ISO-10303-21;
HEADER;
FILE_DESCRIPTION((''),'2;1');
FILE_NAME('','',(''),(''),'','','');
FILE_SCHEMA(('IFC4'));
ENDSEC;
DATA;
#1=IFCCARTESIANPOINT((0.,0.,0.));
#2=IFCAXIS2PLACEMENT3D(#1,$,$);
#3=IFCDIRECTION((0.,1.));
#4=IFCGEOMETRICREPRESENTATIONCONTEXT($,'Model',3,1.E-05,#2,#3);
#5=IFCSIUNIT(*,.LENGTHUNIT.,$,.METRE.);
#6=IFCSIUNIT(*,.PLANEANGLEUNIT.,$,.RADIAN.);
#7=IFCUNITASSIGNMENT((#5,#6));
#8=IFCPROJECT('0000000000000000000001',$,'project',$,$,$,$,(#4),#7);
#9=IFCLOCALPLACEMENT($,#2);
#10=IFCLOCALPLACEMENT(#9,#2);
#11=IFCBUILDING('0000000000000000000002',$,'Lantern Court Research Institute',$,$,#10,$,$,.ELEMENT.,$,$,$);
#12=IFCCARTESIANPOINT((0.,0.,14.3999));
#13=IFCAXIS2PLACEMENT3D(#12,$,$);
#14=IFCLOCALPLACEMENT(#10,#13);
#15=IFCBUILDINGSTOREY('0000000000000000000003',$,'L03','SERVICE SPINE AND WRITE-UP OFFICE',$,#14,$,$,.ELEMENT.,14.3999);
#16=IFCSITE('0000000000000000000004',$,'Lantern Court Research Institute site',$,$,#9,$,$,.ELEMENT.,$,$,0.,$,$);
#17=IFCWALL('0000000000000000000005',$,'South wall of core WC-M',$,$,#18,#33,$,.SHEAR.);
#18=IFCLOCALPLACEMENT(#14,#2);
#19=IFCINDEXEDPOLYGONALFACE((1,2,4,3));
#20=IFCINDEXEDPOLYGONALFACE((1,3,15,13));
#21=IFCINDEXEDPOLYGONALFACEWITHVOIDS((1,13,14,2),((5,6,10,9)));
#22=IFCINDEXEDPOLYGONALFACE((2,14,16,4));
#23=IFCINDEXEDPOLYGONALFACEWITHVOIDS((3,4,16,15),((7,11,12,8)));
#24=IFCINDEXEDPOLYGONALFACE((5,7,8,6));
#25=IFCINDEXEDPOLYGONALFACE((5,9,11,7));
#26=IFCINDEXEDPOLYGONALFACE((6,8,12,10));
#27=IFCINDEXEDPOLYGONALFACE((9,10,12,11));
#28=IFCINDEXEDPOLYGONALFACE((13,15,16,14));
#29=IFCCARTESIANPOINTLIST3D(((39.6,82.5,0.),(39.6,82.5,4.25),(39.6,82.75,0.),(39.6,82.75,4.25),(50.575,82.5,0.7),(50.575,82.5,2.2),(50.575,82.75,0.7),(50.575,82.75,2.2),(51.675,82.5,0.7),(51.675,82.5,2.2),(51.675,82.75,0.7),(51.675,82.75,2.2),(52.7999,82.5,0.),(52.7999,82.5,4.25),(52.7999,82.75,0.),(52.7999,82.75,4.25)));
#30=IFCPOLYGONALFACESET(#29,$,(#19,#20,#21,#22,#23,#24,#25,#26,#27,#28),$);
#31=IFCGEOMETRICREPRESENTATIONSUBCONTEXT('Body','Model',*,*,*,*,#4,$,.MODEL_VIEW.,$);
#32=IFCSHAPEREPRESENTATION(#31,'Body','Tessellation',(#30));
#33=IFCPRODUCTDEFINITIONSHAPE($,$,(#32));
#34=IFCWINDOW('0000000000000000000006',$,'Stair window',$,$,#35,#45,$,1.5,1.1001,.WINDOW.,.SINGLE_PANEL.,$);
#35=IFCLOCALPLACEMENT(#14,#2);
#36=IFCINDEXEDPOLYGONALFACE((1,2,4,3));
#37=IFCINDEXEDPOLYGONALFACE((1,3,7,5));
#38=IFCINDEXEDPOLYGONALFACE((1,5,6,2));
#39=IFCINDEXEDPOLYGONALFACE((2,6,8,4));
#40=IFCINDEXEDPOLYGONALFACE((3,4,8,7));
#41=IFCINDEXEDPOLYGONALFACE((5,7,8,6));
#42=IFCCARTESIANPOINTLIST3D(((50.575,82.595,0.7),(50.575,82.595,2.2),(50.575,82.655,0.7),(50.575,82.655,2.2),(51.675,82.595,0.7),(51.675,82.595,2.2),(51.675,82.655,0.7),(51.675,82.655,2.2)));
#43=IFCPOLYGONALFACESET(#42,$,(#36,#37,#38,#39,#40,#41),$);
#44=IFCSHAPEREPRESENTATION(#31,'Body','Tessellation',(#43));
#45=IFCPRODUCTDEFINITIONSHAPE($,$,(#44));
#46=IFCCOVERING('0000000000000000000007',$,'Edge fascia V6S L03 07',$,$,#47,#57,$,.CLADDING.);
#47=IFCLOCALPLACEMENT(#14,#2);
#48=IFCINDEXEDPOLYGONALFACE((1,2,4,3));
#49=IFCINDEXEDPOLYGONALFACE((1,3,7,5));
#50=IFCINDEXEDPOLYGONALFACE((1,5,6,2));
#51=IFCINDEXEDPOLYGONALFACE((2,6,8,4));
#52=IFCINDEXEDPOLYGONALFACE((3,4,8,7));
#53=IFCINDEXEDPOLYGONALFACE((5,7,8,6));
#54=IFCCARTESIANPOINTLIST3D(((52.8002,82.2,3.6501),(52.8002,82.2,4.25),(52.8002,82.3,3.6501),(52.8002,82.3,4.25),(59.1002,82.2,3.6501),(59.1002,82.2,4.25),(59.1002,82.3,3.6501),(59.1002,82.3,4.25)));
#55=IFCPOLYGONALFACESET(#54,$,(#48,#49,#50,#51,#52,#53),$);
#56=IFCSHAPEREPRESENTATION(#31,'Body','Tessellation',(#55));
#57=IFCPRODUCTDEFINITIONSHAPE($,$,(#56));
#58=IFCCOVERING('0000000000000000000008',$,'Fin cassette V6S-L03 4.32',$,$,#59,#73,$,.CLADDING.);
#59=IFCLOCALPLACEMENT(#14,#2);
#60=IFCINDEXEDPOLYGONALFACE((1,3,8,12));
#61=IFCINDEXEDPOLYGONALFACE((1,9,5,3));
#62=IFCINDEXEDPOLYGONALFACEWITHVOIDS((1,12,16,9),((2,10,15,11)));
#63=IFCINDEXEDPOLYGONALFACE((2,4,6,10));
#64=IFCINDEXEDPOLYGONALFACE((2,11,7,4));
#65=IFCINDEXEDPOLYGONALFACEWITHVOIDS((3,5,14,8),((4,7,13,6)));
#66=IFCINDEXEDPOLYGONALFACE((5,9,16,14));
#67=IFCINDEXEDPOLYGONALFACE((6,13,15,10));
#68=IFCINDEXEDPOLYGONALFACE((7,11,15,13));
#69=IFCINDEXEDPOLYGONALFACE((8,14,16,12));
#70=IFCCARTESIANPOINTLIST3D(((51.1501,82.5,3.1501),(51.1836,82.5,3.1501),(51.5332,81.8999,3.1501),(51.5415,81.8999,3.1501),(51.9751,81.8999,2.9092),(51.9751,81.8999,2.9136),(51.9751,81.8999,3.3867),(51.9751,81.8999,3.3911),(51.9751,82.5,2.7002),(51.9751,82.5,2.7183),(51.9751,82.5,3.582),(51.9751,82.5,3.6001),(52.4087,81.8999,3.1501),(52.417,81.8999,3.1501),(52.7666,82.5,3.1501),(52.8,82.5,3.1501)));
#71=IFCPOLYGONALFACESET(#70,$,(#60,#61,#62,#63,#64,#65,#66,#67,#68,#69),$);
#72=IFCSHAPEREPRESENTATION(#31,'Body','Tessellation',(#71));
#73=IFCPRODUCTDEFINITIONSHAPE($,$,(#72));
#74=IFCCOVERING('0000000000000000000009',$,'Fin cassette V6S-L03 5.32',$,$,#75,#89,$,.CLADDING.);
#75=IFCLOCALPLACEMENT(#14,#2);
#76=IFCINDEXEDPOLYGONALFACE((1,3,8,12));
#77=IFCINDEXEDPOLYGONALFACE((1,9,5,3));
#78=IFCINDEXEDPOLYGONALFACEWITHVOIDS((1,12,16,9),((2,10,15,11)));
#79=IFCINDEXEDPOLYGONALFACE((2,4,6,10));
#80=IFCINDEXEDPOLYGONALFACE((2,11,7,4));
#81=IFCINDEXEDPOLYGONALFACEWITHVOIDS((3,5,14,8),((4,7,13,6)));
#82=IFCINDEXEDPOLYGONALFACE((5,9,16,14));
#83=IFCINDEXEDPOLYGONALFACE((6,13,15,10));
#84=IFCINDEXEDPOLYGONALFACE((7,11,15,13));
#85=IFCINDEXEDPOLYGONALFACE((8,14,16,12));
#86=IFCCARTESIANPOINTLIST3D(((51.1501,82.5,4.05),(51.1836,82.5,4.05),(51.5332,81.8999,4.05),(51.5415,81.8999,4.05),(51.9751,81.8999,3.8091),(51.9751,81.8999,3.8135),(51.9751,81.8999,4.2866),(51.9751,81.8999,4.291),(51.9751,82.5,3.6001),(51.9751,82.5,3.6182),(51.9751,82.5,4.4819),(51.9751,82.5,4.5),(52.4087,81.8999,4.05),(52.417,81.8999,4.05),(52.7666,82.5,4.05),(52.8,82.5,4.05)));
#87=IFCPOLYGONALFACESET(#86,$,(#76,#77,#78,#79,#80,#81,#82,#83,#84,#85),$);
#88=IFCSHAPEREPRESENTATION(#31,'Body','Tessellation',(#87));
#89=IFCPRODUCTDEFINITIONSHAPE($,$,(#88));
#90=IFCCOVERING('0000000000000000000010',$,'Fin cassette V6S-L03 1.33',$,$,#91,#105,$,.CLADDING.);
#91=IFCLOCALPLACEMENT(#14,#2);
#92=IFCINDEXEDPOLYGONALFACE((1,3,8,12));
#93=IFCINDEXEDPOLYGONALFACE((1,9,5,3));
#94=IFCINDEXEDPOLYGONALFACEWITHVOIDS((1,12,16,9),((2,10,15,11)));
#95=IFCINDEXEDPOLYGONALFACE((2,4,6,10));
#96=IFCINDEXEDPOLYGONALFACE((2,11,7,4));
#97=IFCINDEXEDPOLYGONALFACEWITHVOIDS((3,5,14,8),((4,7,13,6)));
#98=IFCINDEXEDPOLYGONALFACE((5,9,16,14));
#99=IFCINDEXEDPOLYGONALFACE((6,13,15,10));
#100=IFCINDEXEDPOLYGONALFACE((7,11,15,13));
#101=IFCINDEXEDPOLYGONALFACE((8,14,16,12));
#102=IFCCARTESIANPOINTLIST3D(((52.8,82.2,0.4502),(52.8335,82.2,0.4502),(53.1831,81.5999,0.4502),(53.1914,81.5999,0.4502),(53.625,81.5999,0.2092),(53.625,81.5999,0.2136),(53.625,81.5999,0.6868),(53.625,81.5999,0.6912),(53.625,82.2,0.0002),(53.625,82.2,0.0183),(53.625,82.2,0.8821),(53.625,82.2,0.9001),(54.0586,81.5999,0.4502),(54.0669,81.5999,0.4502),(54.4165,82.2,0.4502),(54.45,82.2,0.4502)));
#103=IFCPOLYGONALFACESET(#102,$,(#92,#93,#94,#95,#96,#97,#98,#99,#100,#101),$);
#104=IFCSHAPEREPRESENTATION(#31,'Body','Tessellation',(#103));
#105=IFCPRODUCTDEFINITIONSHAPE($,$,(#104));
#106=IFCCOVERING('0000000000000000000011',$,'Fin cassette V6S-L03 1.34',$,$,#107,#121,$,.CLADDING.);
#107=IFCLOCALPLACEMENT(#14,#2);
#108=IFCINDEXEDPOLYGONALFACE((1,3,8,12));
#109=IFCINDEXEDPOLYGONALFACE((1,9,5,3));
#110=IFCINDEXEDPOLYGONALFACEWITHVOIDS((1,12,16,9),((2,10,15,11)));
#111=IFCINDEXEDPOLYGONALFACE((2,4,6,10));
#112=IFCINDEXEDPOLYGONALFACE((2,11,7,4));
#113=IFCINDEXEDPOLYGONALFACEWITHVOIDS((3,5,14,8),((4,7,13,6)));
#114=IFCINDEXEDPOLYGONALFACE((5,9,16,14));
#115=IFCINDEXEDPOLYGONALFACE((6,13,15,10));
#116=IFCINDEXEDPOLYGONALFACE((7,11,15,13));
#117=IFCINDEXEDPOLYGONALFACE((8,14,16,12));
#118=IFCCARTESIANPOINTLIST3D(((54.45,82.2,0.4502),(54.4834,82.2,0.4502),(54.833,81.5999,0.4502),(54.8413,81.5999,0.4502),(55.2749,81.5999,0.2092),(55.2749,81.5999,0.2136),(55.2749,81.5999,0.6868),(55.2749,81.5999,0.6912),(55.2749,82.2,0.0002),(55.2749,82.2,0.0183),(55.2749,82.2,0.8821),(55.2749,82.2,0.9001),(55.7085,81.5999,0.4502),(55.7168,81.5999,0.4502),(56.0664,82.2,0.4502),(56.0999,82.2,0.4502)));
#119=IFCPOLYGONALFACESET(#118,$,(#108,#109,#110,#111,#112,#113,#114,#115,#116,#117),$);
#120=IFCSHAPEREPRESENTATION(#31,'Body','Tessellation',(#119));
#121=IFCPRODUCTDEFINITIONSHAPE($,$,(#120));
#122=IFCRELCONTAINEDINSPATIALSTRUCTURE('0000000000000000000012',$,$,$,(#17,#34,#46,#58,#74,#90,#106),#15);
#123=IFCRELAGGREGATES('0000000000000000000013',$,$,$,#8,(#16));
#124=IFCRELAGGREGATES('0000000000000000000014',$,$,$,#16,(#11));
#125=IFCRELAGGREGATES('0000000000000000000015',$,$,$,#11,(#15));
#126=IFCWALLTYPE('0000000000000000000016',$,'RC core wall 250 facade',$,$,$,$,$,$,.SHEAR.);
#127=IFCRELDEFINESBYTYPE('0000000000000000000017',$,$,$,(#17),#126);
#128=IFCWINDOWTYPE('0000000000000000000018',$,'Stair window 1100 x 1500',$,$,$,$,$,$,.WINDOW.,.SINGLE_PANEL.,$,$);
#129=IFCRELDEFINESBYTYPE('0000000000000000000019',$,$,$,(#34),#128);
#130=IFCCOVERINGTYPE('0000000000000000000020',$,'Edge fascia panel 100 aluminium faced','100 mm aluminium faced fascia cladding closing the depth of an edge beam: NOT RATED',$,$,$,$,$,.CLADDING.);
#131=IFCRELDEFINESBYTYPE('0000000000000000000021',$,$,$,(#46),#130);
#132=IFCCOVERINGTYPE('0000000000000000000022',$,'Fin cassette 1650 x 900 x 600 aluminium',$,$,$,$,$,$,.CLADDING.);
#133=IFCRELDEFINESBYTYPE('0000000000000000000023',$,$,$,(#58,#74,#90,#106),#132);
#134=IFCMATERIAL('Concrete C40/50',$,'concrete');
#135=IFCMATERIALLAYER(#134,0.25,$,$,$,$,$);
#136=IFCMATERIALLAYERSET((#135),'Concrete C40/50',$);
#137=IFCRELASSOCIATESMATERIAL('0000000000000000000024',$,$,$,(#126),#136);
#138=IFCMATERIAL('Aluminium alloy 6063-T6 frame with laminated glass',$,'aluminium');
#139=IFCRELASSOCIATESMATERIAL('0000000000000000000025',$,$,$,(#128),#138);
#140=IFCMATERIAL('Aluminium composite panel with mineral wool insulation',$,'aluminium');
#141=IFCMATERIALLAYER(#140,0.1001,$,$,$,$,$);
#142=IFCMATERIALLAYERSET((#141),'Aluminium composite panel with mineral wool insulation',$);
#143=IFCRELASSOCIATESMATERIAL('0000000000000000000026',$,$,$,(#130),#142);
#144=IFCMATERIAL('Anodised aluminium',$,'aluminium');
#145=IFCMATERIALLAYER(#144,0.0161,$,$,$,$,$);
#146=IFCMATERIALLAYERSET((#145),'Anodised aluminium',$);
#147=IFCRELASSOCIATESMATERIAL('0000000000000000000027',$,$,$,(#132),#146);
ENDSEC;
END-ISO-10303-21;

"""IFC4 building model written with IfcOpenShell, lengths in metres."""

from ifc_helpers import new_model, entity, si_unit, direction, frame, frame_2d, origin, place, context, subcontext, project, spatial, rectangle, extrude, material, layer, layer_set, type_object, element, fill, save


model = new_model("IFC4")

# Units and contexts
model_context = context("Model", 3, precision=1e-05, world=origin(), true_north=direction((0.0, 1.0)))
body_context = subcontext(model_context, "Body", "Model", "MODEL_VIEW")
ifc_project = project(units=[si_unit("LENGTHUNIT", "METRE"), si_unit("PLANEANGLEUNIT", "RADIAN")], contexts=[model_context])

# Site, building, storey
site_placement = place(None, origin())
site = spatial("IfcSite", under=ifc_project, at=site_placement, Name="Lantern Court Research Institute site", CompositionType="ELEMENT", RefElevation=0.0)
building_placement = place(site_placement, origin())
building = spatial("IfcBuilding", under=site, at=building_placement, Name="Lantern Court Research Institute", CompositionType="ELEMENT")
storey_placement = place(building_placement, frame((0.0, 0.0, 14.3999)))
storey = spatial("IfcBuildingStorey", under=building, at=storey_placement, Name="L03", Description="SERVICE SPINE AND WRITE-UP OFFICE", CompositionType="ELEMENT", Elevation=14.3999)

# Wall, opening, window
ifc_material_1 = material(Name="Concrete C40/50", Category="concrete")
ifc_layer_1 = layer(ifc_material_1, 0.25)
ifc_layer_set_1 = layer_set([ifc_layer_1], Name="Concrete C40/50")
wall_type_1 = type_object("IfcWallType", Name="RC core wall 250 facade", PredefinedType="SHEAR", material=ifc_layer_set_1)
wall_1_placement = place(storey_placement, frame((52.8, 82.625, 0.0), z_axis=(0.0, 0.0, 1.0), x_axis=(-1.0, 0.0, 0.0)))
wall_1 = element("IfcWall", 1, at=wall_1_placement, inside=storey, type_object=wall_type_1, Name="South wall of core WC-M", PredefinedType="SHEAR", context=body_context, shape_type="SweptSolid", body=[
    extrude(rectangle(XDim=13.2, YDim=0.25, at=frame_2d((6.6001, 0.0))), origin(), (0.0, 0.0, 1.0), 4.25),
])
opening_1_placement = place(wall_1_placement, frame((1.125, 0.0, 0.7)))
opening_1 = element("IfcOpeningElement", 2, at=opening_1_placement, cuts=wall_1, PredefinedType="OPENING", context=body_context, shape_type="SweptSolid", body=[
    extrude(rectangle(XDim=1.1001, YDim=1.5, at=frame_2d((0.55, 0.75))), frame((0.0, 0.135, 0.0), z_axis=(0.0, -1.0, 0.0), x_axis=(1.0, 0.0, 0.0)), (0.0, 0.0, 1.0), 0.27),
])
ifc_material_2 = material(Name="Aluminium alloy 6063-T6 frame with laminated glass", Category="aluminium")
window_type_1 = type_object("IfcWindowType", Name="Stair window 1100 x 1500", PartitioningType="SINGLE_PANEL", PredefinedType="WINDOW", material=ifc_material_2)
window_1_placement = place(opening_1_placement, origin())
window_1 = element("IfcWindow", 3, at=window_1_placement, inside=storey, type_object=window_type_1, Name="Stair window", OverallHeight=1.5, OverallWidth=1.1001, PartitioningType="SINGLE_PANEL", PredefinedType="WINDOW", context=body_context, shape_type="SweptSolid", body=[
    extrude(rectangle(XDim=1.1001, YDim=1.5, at=frame_2d((0.55, 0.75))), frame((0.0, 0.03, 0.0), z_axis=(0.0, -1.0, 0.0), x_axis=(1.0, 0.0, 0.0)), (0.0, 0.0, 1.0), 0.0601),
])
fill(opening_1, window_1)

# Coverings
ifc_material_3 = material(Name="Aluminium composite panel with mineral wool insulation", Category="aluminium")
ifc_layer_2 = layer(ifc_material_3, 0.1001)
ifc_layer_set_2 = layer_set([ifc_layer_2], Name="Aluminium composite panel with mineral wool insulation")
covering_type_1 = type_object("IfcCoveringType", Name="Edge fascia panel 100 aluminium faced", Description="100 mm aluminium faced fascia cladding closing the depth of an edge beam: NOT RATED", PredefinedType="CLADDING", material=ifc_layer_set_2)
covering_1_placement = place(storey_placement, frame((59.1001, 82.25, 3.6501), z_axis=(0.0, 0.0, 1.0), x_axis=(-1.0, 0.0, 0.0)))
element("IfcCovering", 4, at=covering_1_placement, inside=storey, type_object=covering_type_1, Name="Edge fascia V6S L03 07", PredefinedType="CLADDING", context=body_context, shape_type="SweptSolid", body=[
    extrude(rectangle(XDim=6.3, YDim=0.1001, at=frame_2d((3.1499, 0.0))), origin(), (0.0, 0.0, 1.0), 0.5999),
])
ifc_material_4 = material(Name="Anodised aluminium", Category="aluminium")
ifc_layer_3 = layer(ifc_material_4, 0.0161)
ifc_layer_set_3 = layer_set([ifc_layer_3], Name="Anodised aluminium")
covering_type_2 = type_object("IfcCoveringType", Name="Fin cassette 1650 x 900 x 600 aluminium", PredefinedType="CLADDING", material=ifc_layer_set_3)
covering_2_placement = place(storey_placement, frame((51.9751, 82.5, 3.1501), z_axis=(0.0, -1.0, 0.0), x_axis=(1.0, 0.0, 0.0)))
cartesian_point_1 = entity("IfcCartesianPoint", [0.825, 0.0])
cartesian_point_2 = entity("IfcCartesianPoint", [0.7915, 0.0])
cartesian_point_3 = entity("IfcCartesianPoint", [0.4419, 0.0])
cartesian_point_4 = entity("IfcCartesianPoint", [0.4336, 0.0])
element("IfcCovering", 5, at=covering_2_placement, inside=storey, type_object=covering_type_2, Name="Fin cassette V6S-L03 4.32", PredefinedType="CLADDING", context=body_context, shape_type="SweptSolid", body=[
    entity("IfcExtrudedAreaSolidTapered", entity("IfcArbitraryProfileDefWithVoids", "AREA", None, entity("IfcPolyline", [cartesian_point_1, entity("IfcCartesianPoint", [0.0, 0.45]), entity("IfcCartesianPoint", [-0.825, 0.0]), entity("IfcCartesianPoint", [0.0, -0.45]), cartesian_point_1]), [entity("IfcPolyline", [cartesian_point_2, entity("IfcCartesianPoint", [0.0, 0.4319]), entity("IfcCartesianPoint", [-0.7915, 0.0]), entity("IfcCartesianPoint", [0.0, -0.4319]), cartesian_point_2])]), entity("IfcAxis2Placement3D", entity("IfcCartesianPoint", [0.0, 0.0, 0.0])), entity("IfcDirection", [0.0, 0.0, 1.0]), 0.6001, entity("IfcArbitraryProfileDefWithVoids", "AREA", None, entity("IfcPolyline", [cartesian_point_3, entity("IfcCartesianPoint", [0.0, 0.241]), entity("IfcCartesianPoint", [-0.4419, 0.0]), entity("IfcCartesianPoint", [0.0, -0.241]), cartesian_point_3]), [entity("IfcPolyline", [cartesian_point_4, entity("IfcCartesianPoint", [0.0, 0.2366]), entity("IfcCartesianPoint", [-0.4336, 0.0]), entity("IfcCartesianPoint", [0.0, -0.2366]), cartesian_point_4])])),
])
covering_3_placement = place(storey_placement, frame((51.9751, 82.5, 4.05), z_axis=(0.0, -1.0, 0.0), x_axis=(1.0, 0.0, 0.0)))
cartesian_point_5 = entity("IfcCartesianPoint", [0.825, 0.0])
cartesian_point_6 = entity("IfcCartesianPoint", [0.7915, 0.0])
cartesian_point_7 = entity("IfcCartesianPoint", [0.4419, 0.0])
cartesian_point_8 = entity("IfcCartesianPoint", [0.4336, 0.0])
element("IfcCovering", 6, at=covering_3_placement, inside=storey, type_object=covering_type_2, Name="Fin cassette V6S-L03 5.32", PredefinedType="CLADDING", context=body_context, shape_type="SweptSolid", body=[
    entity("IfcExtrudedAreaSolidTapered", entity("IfcArbitraryProfileDefWithVoids", "AREA", None, entity("IfcPolyline", [cartesian_point_5, entity("IfcCartesianPoint", [0.0, 0.45]), entity("IfcCartesianPoint", [-0.825, 0.0]), entity("IfcCartesianPoint", [0.0, -0.45]), cartesian_point_5]), [entity("IfcPolyline", [cartesian_point_6, entity("IfcCartesianPoint", [0.0, 0.4319]), entity("IfcCartesianPoint", [-0.7915, 0.0]), entity("IfcCartesianPoint", [0.0, -0.4319]), cartesian_point_6])]), entity("IfcAxis2Placement3D", entity("IfcCartesianPoint", [0.0, 0.0, 0.0])), entity("IfcDirection", [0.0, 0.0, 1.0]), 0.6001, entity("IfcArbitraryProfileDefWithVoids", "AREA", None, entity("IfcPolyline", [cartesian_point_7, entity("IfcCartesianPoint", [0.0, 0.241]), entity("IfcCartesianPoint", [-0.4419, 0.0]), entity("IfcCartesianPoint", [0.0, -0.241]), cartesian_point_7]), [entity("IfcPolyline", [cartesian_point_8, entity("IfcCartesianPoint", [0.0, 0.2366]), entity("IfcCartesianPoint", [-0.4336, 0.0]), entity("IfcCartesianPoint", [0.0, -0.2366]), cartesian_point_8])])),
])
covering_4_placement = place(storey_placement, frame((53.625, 82.2, 0.4502), z_axis=(0.0, -1.0, 0.0), x_axis=(1.0, 0.0, 0.0)))
cartesian_point_9 = entity("IfcCartesianPoint", [0.825, 0.0])
cartesian_point_10 = entity("IfcCartesianPoint", [0.7915, 0.0])
cartesian_point_11 = entity("IfcCartesianPoint", [0.4419, 0.0])
cartesian_point_12 = entity("IfcCartesianPoint", [0.4336, 0.0])
element("IfcCovering", 7, at=covering_4_placement, inside=storey, type_object=covering_type_2, Name="Fin cassette V6S-L03 1.33", PredefinedType="CLADDING", context=body_context, shape_type="SweptSolid", body=[
    entity("IfcExtrudedAreaSolidTapered", entity("IfcArbitraryProfileDefWithVoids", "AREA", None, entity("IfcPolyline", [cartesian_point_9, entity("IfcCartesianPoint", [0.0, 0.45]), entity("IfcCartesianPoint", [-0.825, 0.0]), entity("IfcCartesianPoint", [0.0, -0.45]), cartesian_point_9]), [entity("IfcPolyline", [cartesian_point_10, entity("IfcCartesianPoint", [0.0, 0.4319]), entity("IfcCartesianPoint", [-0.7915, 0.0]), entity("IfcCartesianPoint", [0.0, -0.4319]), cartesian_point_10])]), entity("IfcAxis2Placement3D", entity("IfcCartesianPoint", [0.0, 0.0, 0.0])), entity("IfcDirection", [0.0, 0.0, 1.0]), 0.6001, entity("IfcArbitraryProfileDefWithVoids", "AREA", None, entity("IfcPolyline", [cartesian_point_11, entity("IfcCartesianPoint", [0.0, 0.241]), entity("IfcCartesianPoint", [-0.4419, 0.0]), entity("IfcCartesianPoint", [0.0, -0.241]), cartesian_point_11]), [entity("IfcPolyline", [cartesian_point_12, entity("IfcCartesianPoint", [0.0, 0.2366]), entity("IfcCartesianPoint", [-0.4336, 0.0]), entity("IfcCartesianPoint", [0.0, -0.2366]), cartesian_point_12])])),
])
covering_5_placement = place(storey_placement, frame((55.2749, 82.2, 0.4502), z_axis=(0.0, -1.0, 0.0), x_axis=(1.0, 0.0, 0.0)))
cartesian_point_13 = entity("IfcCartesianPoint", [0.825, 0.0])
cartesian_point_14 = entity("IfcCartesianPoint", [0.7915, 0.0])
cartesian_point_15 = entity("IfcCartesianPoint", [0.4419, 0.0])
cartesian_point_16 = entity("IfcCartesianPoint", [0.4336, 0.0])
element("IfcCovering", 8, at=covering_5_placement, inside=storey, type_object=covering_type_2, Name="Fin cassette V6S-L03 1.34", PredefinedType="CLADDING", context=body_context, shape_type="SweptSolid", body=[
    entity("IfcExtrudedAreaSolidTapered", entity("IfcArbitraryProfileDefWithVoids", "AREA", None, entity("IfcPolyline", [cartesian_point_13, entity("IfcCartesianPoint", [0.0, 0.45]), entity("IfcCartesianPoint", [-0.825, 0.0]), entity("IfcCartesianPoint", [0.0, -0.45]), cartesian_point_13]), [entity("IfcPolyline", [cartesian_point_14, entity("IfcCartesianPoint", [0.0, 0.4319]), entity("IfcCartesianPoint", [-0.7915, 0.0]), entity("IfcCartesianPoint", [0.0, -0.4319]), cartesian_point_14])]), entity("IfcAxis2Placement3D", entity("IfcCartesianPoint", [0.0, 0.0, 0.0])), entity("IfcDirection", [0.0, 0.0, 1.0]), 0.6001, entity("IfcArbitraryProfileDefWithVoids", "AREA", None, entity("IfcPolyline", [cartesian_point_15, entity("IfcCartesianPoint", [0.0, 0.241]), entity("IfcCartesianPoint", [-0.4419, 0.0]), entity("IfcCartesianPoint", [0.0, -0.241]), cartesian_point_15]), [entity("IfcPolyline", [cartesian_point_16, entity("IfcCartesianPoint", [0.0, 0.2366]), entity("IfcCartesianPoint", [-0.4336, 0.0]), entity("IfcCartesianPoint", [0.0, -0.2366]), cartesian_point_16])])),
])

save(model, "model.ifc")
